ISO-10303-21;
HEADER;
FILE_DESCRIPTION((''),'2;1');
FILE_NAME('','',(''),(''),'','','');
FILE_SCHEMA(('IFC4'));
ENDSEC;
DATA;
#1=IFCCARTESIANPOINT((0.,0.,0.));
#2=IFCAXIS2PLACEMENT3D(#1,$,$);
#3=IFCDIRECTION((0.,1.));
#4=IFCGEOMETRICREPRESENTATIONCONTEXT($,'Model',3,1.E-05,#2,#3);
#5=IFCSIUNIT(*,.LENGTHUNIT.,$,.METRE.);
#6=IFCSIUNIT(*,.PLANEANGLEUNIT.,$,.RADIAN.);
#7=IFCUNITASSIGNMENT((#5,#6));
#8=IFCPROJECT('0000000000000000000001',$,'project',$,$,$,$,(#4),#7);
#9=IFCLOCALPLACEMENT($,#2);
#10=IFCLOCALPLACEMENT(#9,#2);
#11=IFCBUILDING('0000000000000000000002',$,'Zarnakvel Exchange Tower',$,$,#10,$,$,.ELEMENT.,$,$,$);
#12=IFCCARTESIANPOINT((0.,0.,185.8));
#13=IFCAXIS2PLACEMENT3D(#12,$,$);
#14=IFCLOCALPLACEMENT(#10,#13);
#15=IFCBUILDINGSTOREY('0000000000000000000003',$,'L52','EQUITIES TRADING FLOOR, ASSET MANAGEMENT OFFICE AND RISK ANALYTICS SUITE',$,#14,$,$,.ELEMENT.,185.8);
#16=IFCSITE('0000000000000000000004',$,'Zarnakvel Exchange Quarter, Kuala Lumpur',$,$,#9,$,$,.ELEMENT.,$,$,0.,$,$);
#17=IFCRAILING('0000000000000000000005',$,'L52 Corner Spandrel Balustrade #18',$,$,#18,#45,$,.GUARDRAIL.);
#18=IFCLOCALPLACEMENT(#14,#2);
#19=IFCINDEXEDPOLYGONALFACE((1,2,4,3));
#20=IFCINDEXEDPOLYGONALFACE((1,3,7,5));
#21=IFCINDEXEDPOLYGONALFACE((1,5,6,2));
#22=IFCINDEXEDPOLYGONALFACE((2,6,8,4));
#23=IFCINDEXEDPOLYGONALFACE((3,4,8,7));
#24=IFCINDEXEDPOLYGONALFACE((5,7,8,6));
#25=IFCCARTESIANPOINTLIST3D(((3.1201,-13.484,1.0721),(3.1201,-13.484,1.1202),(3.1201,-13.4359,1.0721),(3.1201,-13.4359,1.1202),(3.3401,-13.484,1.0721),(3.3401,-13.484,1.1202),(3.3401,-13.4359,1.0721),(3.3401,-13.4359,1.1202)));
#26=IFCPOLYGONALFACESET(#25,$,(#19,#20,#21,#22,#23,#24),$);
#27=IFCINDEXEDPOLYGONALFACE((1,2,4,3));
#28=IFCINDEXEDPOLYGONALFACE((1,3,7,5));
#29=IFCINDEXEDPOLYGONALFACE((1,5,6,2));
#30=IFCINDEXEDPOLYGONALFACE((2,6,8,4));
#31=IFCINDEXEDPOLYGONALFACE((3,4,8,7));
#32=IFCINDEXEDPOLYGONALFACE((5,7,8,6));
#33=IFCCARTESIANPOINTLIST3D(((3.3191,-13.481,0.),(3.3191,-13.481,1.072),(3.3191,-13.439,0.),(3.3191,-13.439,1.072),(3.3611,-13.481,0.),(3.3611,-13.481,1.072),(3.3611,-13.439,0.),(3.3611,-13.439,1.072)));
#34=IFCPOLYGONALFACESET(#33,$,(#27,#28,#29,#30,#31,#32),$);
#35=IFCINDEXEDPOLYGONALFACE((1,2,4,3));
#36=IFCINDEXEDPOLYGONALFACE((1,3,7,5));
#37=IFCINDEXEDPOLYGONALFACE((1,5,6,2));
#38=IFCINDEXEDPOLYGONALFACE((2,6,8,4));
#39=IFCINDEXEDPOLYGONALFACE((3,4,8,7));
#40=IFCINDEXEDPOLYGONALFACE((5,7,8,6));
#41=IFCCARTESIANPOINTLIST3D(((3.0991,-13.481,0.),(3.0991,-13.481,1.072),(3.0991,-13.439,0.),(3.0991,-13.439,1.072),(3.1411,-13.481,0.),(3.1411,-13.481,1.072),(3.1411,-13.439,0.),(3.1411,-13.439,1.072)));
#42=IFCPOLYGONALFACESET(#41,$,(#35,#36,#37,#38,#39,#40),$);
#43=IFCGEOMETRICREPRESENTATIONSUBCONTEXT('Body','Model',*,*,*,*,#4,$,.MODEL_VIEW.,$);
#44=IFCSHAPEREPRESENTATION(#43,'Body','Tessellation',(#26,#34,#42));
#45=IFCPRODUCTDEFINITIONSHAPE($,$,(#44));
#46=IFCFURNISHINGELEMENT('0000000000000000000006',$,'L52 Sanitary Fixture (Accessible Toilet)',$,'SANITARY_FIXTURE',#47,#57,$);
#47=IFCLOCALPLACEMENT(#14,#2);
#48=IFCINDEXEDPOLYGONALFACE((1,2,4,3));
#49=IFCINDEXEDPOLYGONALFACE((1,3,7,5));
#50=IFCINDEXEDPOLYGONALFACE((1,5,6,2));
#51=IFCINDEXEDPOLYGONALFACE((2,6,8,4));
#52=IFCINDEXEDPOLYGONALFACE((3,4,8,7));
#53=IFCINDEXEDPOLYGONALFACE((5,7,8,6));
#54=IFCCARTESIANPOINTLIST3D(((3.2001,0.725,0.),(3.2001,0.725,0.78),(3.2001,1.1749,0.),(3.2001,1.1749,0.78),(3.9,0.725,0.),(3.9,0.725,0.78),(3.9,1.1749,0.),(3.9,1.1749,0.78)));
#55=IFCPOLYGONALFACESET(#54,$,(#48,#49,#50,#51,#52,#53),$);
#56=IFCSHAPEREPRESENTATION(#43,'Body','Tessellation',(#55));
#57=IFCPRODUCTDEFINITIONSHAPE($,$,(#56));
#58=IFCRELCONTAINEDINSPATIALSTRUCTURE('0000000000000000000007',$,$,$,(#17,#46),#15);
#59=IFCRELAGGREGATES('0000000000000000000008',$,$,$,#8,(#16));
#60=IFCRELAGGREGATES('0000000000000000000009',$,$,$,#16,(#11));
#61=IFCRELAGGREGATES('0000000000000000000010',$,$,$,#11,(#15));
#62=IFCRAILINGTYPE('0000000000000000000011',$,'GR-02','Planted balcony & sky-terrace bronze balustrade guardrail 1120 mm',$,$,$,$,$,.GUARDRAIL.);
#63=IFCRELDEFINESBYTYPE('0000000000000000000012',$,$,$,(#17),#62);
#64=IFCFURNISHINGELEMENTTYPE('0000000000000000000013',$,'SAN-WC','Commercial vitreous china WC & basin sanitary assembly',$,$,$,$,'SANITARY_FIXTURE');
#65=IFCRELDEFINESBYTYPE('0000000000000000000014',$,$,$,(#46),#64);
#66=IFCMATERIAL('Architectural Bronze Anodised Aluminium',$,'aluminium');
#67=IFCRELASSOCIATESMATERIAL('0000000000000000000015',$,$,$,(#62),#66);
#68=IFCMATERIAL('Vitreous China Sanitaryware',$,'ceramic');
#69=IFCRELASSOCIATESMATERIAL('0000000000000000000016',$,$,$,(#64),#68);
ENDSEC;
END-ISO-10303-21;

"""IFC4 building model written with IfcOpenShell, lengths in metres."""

from ifc_helpers import new_model, si_unit, direction, frame, origin, origin_2d, place, context, subcontext, project, spatial, rectangle, extrude, source, transform, mapped, material, type_object, element, save


model = new_model("IFC4")

# Units and contexts
model_context = context("Model", 3, precision=1e-05, world=origin(), true_north=direction((0.0, 1.0)))
body_context = subcontext(model_context, "Body", "Model", "MODEL_VIEW")
ifc_project = project(units=[si_unit("LENGTHUNIT", "METRE"), si_unit("PLANEANGLEUNIT", "RADIAN")], contexts=[model_context])

# Site, building, storey
site_placement = place(None, origin())
site = spatial("IfcSite", under=ifc_project, at=site_placement, Name="Zarnakvel Exchange Quarter, Kuala Lumpur", CompositionType="ELEMENT", RefElevation=0.0)
building_placement = place(site_placement, origin())
building = spatial("IfcBuilding", under=site, at=building_placement, Name="Zarnakvel Exchange Tower", CompositionType="ELEMENT")
storey_placement = place(building_placement, frame((0.0, 0.0, 185.8)))
storey = spatial("IfcBuildingStorey", under=building, at=storey_placement, Name="L52", Description="EQUITIES TRADING FLOOR, ASSET MANAGEMENT OFFICE AND RISK ANALYTICS SUITE", CompositionType="ELEMENT", Elevation=185.8)

# Railing
ifc_material_1 = material(Name="Architectural Bronze Anodised Aluminium", Category="aluminium")
railing_type = type_object("IfcRailingType", Name="GR-02", Description="Planted balcony & sky-terrace bronze balustrade guardrail 1120 mm", PredefinedType="GUARDRAIL", material=ifc_material_1)
railing_1_placement = place(storey_placement, frame((3.3401, -13.46, 0.0)))
element("IfcRailing", 1, at=railing_1_placement, inside=storey, type_object=railing_type, Name="L52 Corner Spandrel Balustrade #18", PredefinedType="GUARDRAIL", context=body_context, shape_type="SweptSolid", body=[
    extrude(rectangle(XDim=0.0481, YDim=0.0481, at=origin_2d()), frame((0.0, 0.0, 1.0962), z_axis=(-1.0, 0.0, 0.0), x_axis=(0.0, -1.0, 0.0)), (0.0, 0.0, 1.0), 0.22),
    extrude(rectangle(XDim=0.042, YDim=0.042, at=origin_2d()), origin(), (0.0, 0.0, 1.0), 1.072),
    extrude(rectangle(XDim=0.042, YDim=0.042, at=origin_2d()), frame((-0.22, 0.0, 0.0)), (0.0, 0.0, 1.0), 1.072),
])

# Furnishing element
ifc_material_2 = material(Name="Vitreous China Sanitaryware", Category="ceramic")
furnishing_element_type = type_object("IfcFurnishingElementType", Name="SAN-WC", Description="Commercial vitreous china WC & basin sanitary assembly", ElementType="SANITARY_FIXTURE", material=ifc_material_2)
shared_shape_1 = source(origin(), body_context, "Body", "SweptSolid", [
    extrude(rectangle(XDim=0.7, YDim=0.45, at=origin_2d()), origin(), (0.0, 0.0, 1.0), 0.78),
])
furnishing_placement = place(storey_placement, frame((3.55, 0.95, 0.0), z_axis=(0.0, 0.0, 1.0), x_axis=(1.0, 0.0, 0.0)))
element("IfcFurnishingElement", 2, at=furnishing_placement, inside=storey, type_object=furnishing_element_type, Name="L52 Sanitary Fixture (Accessible Toilet)", ObjectType="SANITARY_FIXTURE", context=body_context, shape_type="MappedRepresentation", body=[
    mapped(shared_shape_1, transform((0.0, 0.0, 0.0), x_axis=(1.0, 0.0, 0.0), y_axis=(0.0, 1.0, 0.0), z_axis=(0.0, 0.0, 1.0), scale=1.0)),
])

save(model, "model.ifc")
